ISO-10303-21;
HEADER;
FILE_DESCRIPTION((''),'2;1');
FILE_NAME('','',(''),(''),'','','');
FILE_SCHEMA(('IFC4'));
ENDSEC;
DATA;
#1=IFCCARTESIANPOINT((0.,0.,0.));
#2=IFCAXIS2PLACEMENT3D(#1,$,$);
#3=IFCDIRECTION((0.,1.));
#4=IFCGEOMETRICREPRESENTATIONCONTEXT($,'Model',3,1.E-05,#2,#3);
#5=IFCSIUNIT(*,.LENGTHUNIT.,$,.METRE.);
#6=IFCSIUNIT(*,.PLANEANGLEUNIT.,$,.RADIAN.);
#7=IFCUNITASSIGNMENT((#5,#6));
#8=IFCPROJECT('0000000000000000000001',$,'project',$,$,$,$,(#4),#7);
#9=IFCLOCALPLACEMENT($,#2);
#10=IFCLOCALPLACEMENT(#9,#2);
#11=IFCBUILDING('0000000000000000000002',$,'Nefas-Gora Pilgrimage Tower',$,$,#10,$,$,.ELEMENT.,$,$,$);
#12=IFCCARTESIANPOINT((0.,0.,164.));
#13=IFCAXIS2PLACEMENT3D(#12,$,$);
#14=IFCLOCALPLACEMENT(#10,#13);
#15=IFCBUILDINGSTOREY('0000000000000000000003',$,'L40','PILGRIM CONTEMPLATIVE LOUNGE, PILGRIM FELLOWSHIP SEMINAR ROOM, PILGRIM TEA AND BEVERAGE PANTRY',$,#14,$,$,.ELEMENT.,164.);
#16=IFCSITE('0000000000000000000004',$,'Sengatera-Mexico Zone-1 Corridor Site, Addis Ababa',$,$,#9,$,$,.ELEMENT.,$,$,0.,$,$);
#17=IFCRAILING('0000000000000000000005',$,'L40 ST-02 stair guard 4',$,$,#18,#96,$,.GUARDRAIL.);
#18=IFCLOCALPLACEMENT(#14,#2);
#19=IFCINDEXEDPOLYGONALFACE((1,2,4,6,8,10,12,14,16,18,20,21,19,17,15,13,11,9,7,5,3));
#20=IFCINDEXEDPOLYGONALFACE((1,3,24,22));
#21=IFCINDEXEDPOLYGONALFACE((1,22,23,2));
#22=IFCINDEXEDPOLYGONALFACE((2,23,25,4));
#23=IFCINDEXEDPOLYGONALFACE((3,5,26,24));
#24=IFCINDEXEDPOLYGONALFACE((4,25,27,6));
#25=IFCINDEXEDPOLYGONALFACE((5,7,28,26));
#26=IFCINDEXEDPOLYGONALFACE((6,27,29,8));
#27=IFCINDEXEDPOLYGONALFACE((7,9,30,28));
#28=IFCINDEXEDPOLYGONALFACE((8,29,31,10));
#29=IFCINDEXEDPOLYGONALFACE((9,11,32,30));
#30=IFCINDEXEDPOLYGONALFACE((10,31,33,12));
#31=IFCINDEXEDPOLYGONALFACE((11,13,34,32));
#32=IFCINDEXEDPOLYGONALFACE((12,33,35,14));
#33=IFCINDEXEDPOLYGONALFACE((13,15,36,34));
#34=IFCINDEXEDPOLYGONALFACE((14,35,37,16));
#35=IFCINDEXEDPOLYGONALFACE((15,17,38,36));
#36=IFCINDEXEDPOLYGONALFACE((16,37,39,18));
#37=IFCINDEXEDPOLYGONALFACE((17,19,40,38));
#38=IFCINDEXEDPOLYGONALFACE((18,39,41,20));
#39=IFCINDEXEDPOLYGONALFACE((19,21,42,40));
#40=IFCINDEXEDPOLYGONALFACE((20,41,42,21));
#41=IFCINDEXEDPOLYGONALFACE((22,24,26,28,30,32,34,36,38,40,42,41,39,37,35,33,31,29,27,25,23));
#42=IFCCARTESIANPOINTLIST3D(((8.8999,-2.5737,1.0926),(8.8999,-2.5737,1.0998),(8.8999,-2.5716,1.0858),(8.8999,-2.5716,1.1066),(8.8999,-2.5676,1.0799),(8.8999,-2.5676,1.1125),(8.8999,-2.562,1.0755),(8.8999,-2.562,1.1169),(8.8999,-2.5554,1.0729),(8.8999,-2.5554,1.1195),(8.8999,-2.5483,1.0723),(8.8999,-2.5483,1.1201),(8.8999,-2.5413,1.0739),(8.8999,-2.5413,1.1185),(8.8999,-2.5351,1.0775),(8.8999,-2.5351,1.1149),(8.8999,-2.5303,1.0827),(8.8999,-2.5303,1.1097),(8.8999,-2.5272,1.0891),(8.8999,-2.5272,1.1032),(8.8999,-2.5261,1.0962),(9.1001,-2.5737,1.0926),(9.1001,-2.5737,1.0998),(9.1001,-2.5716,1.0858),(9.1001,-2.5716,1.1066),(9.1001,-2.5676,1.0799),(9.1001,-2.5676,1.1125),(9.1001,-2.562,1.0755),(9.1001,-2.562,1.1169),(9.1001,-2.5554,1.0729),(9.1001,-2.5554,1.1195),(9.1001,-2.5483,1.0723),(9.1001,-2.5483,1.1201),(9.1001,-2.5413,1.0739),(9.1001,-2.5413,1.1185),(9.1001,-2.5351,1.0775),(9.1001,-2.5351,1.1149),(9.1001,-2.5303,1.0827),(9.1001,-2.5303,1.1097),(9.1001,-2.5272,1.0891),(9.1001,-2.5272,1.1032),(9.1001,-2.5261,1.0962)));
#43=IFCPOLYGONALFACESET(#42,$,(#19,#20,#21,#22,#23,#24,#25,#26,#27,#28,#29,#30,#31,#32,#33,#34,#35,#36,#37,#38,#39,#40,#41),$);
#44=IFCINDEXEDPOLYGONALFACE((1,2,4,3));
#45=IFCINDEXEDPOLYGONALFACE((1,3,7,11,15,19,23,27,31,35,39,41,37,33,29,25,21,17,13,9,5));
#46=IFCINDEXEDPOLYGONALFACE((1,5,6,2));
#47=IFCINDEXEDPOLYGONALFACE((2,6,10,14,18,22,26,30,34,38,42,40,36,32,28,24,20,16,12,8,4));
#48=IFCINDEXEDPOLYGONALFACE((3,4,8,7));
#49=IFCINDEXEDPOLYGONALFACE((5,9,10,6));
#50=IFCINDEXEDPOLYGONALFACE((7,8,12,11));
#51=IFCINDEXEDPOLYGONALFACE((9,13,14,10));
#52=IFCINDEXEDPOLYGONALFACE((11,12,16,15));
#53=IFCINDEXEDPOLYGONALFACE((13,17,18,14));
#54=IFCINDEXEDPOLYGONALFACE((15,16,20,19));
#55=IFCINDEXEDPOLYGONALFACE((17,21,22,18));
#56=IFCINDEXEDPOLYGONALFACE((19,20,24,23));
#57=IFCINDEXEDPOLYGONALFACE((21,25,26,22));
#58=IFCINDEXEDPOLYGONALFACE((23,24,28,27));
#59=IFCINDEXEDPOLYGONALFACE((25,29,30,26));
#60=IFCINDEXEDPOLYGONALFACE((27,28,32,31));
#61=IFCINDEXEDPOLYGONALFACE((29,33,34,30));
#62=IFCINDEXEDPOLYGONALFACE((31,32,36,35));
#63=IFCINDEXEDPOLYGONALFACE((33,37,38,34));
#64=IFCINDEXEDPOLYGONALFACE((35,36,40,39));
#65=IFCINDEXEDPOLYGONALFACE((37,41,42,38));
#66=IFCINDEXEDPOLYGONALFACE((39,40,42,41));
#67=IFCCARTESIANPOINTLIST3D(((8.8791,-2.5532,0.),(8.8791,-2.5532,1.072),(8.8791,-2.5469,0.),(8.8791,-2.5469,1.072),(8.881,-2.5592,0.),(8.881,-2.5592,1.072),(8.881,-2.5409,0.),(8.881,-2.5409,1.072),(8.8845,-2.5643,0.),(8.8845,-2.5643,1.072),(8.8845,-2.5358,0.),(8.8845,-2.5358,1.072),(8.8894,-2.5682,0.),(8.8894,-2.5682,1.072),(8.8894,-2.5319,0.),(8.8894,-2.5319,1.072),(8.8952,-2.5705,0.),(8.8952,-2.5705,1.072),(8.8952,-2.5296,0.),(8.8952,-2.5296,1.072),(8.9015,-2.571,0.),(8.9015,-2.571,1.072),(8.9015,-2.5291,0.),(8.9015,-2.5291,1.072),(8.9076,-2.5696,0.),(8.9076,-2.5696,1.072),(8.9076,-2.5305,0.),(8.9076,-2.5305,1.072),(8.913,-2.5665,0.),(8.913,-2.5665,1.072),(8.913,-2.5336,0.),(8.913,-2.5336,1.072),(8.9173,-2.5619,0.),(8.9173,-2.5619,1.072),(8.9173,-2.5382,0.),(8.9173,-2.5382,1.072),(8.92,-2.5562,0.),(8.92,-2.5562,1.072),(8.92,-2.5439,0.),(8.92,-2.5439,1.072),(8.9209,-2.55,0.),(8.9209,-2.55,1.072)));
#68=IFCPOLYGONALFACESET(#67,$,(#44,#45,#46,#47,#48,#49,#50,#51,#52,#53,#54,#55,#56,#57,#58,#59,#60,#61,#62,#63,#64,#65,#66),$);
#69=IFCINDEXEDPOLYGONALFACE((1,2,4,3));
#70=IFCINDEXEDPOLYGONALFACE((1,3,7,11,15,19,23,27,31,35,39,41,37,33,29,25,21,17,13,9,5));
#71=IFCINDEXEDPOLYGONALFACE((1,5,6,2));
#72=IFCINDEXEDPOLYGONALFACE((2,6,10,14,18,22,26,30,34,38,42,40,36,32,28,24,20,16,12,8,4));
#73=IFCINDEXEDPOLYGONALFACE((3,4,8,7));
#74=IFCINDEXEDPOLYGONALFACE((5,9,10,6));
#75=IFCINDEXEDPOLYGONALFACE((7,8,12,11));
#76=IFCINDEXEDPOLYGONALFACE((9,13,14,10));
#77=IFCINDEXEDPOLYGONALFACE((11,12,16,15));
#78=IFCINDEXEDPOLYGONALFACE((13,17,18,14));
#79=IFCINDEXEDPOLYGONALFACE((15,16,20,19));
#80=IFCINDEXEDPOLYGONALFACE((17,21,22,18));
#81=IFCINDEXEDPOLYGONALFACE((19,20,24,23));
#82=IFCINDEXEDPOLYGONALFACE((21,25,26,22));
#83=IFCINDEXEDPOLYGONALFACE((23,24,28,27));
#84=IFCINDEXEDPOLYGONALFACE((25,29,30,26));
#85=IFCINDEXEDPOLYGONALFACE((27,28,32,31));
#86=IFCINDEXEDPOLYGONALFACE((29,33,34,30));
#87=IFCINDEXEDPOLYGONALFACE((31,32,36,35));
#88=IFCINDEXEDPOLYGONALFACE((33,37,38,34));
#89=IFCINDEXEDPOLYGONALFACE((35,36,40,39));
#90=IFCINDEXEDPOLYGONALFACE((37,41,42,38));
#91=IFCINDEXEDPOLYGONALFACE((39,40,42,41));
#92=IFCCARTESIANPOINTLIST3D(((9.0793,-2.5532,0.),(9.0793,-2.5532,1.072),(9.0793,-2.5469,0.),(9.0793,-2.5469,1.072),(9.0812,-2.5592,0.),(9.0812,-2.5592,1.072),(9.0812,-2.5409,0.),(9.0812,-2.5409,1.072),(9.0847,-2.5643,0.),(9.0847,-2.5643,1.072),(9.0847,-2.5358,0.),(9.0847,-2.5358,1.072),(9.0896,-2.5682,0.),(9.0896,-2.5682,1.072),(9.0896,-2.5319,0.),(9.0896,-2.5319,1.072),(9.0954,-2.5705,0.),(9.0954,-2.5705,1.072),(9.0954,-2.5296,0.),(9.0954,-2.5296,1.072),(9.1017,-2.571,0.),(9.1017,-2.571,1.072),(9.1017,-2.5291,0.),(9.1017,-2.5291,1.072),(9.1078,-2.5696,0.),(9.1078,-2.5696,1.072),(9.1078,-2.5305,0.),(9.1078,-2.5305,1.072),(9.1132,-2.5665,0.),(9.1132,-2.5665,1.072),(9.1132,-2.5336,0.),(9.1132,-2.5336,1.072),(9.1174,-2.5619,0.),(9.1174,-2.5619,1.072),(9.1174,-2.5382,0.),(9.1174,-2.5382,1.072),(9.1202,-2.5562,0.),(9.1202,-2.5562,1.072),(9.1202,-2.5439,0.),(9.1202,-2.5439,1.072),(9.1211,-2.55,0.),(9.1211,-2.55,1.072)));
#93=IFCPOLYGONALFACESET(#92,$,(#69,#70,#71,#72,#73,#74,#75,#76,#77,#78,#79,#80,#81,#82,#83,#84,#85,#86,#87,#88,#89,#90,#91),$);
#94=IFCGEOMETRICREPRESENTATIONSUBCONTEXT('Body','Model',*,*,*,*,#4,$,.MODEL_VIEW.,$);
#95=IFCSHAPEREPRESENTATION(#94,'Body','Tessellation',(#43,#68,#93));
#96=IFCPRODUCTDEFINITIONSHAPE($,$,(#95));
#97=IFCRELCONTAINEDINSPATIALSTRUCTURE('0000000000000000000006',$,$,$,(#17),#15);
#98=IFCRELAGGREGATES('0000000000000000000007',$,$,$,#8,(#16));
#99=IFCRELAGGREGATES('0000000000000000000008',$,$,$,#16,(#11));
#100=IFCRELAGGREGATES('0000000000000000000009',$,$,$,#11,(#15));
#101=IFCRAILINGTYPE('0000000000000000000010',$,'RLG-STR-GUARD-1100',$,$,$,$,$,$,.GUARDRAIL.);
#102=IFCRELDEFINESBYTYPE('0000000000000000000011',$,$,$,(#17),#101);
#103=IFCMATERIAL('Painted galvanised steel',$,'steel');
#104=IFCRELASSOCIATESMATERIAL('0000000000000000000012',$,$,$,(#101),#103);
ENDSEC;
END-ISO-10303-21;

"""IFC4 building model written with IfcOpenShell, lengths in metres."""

from ifc_helpers import new_model, si_unit, direction, frame, origin, origin_2d, place, context, subcontext, project, spatial, circle, extrude, material, type_object, element, save


model = new_model("IFC4")

# Units and contexts
model_context = context("Model", 3, precision=1e-05, world=origin(), true_north=direction((0.0, 1.0)))
body_context = subcontext(model_context, "Body", "Model", "MODEL_VIEW")
ifc_project = project(units=[si_unit("LENGTHUNIT", "METRE"), si_unit("PLANEANGLEUNIT", "RADIAN")], contexts=[model_context])

# Site, building, storey
site_placement = place(None, origin())
site = spatial("IfcSite", under=ifc_project, at=site_placement, Name="Sengatera-Mexico Zone-1 Corridor Site, Addis Ababa", CompositionType="ELEMENT", RefElevation=0.0)
building_placement = place(site_placement, origin())
building = spatial("IfcBuilding", under=site, at=building_placement, Name="Nefas-Gora Pilgrimage Tower", CompositionType="ELEMENT")
storey_placement = place(building_placement, frame((0.0, 0.0, 164.0)))
storey = spatial("IfcBuildingStorey", under=building, at=storey_placement, Name="L40", Description="PILGRIM CONTEMPLATIVE LOUNGE, PILGRIM FELLOWSHIP SEMINAR ROOM, PILGRIM TEA AND BEVERAGE PANTRY", CompositionType="ELEMENT", Elevation=164.0)

# Railing
ifc_material_1 = material(Name="Painted galvanised steel", Category="steel")
railing_type_1 = type_object("IfcRailingType", Name="RLG-STR-GUARD-1100", PredefinedType="GUARDRAIL", material=ifc_material_1)
railing_1_placement = place(storey_placement, frame((8.8999, -2.55, 0.0)))
element("IfcRailing", 1, at=railing_1_placement, inside=storey, type_object=railing_type_1, Name="L40 ST-02 stair guard 4", PredefinedType="GUARDRAIL", context=body_context, shape_type="SweptSolid", body=[
    extrude(circle(Radius=0.0239, at=origin_2d()), frame((0.0, 0.0, 1.0962), z_axis=(1.0, 0.0, 0.0), x_axis=(0.0, 1.0, 0.0)), (0.0, 0.0, 1.0), 0.2002),
    extrude(circle(Radius=0.021, at=origin_2d()), origin(), (0.0, 0.0, 1.0), 1.072),
    extrude(circle(Radius=0.021, at=origin_2d()), frame((0.2002, 0.0, 0.0)), (0.0, 0.0, 1.0), 1.072),
])

save(model, "model.ifc")
